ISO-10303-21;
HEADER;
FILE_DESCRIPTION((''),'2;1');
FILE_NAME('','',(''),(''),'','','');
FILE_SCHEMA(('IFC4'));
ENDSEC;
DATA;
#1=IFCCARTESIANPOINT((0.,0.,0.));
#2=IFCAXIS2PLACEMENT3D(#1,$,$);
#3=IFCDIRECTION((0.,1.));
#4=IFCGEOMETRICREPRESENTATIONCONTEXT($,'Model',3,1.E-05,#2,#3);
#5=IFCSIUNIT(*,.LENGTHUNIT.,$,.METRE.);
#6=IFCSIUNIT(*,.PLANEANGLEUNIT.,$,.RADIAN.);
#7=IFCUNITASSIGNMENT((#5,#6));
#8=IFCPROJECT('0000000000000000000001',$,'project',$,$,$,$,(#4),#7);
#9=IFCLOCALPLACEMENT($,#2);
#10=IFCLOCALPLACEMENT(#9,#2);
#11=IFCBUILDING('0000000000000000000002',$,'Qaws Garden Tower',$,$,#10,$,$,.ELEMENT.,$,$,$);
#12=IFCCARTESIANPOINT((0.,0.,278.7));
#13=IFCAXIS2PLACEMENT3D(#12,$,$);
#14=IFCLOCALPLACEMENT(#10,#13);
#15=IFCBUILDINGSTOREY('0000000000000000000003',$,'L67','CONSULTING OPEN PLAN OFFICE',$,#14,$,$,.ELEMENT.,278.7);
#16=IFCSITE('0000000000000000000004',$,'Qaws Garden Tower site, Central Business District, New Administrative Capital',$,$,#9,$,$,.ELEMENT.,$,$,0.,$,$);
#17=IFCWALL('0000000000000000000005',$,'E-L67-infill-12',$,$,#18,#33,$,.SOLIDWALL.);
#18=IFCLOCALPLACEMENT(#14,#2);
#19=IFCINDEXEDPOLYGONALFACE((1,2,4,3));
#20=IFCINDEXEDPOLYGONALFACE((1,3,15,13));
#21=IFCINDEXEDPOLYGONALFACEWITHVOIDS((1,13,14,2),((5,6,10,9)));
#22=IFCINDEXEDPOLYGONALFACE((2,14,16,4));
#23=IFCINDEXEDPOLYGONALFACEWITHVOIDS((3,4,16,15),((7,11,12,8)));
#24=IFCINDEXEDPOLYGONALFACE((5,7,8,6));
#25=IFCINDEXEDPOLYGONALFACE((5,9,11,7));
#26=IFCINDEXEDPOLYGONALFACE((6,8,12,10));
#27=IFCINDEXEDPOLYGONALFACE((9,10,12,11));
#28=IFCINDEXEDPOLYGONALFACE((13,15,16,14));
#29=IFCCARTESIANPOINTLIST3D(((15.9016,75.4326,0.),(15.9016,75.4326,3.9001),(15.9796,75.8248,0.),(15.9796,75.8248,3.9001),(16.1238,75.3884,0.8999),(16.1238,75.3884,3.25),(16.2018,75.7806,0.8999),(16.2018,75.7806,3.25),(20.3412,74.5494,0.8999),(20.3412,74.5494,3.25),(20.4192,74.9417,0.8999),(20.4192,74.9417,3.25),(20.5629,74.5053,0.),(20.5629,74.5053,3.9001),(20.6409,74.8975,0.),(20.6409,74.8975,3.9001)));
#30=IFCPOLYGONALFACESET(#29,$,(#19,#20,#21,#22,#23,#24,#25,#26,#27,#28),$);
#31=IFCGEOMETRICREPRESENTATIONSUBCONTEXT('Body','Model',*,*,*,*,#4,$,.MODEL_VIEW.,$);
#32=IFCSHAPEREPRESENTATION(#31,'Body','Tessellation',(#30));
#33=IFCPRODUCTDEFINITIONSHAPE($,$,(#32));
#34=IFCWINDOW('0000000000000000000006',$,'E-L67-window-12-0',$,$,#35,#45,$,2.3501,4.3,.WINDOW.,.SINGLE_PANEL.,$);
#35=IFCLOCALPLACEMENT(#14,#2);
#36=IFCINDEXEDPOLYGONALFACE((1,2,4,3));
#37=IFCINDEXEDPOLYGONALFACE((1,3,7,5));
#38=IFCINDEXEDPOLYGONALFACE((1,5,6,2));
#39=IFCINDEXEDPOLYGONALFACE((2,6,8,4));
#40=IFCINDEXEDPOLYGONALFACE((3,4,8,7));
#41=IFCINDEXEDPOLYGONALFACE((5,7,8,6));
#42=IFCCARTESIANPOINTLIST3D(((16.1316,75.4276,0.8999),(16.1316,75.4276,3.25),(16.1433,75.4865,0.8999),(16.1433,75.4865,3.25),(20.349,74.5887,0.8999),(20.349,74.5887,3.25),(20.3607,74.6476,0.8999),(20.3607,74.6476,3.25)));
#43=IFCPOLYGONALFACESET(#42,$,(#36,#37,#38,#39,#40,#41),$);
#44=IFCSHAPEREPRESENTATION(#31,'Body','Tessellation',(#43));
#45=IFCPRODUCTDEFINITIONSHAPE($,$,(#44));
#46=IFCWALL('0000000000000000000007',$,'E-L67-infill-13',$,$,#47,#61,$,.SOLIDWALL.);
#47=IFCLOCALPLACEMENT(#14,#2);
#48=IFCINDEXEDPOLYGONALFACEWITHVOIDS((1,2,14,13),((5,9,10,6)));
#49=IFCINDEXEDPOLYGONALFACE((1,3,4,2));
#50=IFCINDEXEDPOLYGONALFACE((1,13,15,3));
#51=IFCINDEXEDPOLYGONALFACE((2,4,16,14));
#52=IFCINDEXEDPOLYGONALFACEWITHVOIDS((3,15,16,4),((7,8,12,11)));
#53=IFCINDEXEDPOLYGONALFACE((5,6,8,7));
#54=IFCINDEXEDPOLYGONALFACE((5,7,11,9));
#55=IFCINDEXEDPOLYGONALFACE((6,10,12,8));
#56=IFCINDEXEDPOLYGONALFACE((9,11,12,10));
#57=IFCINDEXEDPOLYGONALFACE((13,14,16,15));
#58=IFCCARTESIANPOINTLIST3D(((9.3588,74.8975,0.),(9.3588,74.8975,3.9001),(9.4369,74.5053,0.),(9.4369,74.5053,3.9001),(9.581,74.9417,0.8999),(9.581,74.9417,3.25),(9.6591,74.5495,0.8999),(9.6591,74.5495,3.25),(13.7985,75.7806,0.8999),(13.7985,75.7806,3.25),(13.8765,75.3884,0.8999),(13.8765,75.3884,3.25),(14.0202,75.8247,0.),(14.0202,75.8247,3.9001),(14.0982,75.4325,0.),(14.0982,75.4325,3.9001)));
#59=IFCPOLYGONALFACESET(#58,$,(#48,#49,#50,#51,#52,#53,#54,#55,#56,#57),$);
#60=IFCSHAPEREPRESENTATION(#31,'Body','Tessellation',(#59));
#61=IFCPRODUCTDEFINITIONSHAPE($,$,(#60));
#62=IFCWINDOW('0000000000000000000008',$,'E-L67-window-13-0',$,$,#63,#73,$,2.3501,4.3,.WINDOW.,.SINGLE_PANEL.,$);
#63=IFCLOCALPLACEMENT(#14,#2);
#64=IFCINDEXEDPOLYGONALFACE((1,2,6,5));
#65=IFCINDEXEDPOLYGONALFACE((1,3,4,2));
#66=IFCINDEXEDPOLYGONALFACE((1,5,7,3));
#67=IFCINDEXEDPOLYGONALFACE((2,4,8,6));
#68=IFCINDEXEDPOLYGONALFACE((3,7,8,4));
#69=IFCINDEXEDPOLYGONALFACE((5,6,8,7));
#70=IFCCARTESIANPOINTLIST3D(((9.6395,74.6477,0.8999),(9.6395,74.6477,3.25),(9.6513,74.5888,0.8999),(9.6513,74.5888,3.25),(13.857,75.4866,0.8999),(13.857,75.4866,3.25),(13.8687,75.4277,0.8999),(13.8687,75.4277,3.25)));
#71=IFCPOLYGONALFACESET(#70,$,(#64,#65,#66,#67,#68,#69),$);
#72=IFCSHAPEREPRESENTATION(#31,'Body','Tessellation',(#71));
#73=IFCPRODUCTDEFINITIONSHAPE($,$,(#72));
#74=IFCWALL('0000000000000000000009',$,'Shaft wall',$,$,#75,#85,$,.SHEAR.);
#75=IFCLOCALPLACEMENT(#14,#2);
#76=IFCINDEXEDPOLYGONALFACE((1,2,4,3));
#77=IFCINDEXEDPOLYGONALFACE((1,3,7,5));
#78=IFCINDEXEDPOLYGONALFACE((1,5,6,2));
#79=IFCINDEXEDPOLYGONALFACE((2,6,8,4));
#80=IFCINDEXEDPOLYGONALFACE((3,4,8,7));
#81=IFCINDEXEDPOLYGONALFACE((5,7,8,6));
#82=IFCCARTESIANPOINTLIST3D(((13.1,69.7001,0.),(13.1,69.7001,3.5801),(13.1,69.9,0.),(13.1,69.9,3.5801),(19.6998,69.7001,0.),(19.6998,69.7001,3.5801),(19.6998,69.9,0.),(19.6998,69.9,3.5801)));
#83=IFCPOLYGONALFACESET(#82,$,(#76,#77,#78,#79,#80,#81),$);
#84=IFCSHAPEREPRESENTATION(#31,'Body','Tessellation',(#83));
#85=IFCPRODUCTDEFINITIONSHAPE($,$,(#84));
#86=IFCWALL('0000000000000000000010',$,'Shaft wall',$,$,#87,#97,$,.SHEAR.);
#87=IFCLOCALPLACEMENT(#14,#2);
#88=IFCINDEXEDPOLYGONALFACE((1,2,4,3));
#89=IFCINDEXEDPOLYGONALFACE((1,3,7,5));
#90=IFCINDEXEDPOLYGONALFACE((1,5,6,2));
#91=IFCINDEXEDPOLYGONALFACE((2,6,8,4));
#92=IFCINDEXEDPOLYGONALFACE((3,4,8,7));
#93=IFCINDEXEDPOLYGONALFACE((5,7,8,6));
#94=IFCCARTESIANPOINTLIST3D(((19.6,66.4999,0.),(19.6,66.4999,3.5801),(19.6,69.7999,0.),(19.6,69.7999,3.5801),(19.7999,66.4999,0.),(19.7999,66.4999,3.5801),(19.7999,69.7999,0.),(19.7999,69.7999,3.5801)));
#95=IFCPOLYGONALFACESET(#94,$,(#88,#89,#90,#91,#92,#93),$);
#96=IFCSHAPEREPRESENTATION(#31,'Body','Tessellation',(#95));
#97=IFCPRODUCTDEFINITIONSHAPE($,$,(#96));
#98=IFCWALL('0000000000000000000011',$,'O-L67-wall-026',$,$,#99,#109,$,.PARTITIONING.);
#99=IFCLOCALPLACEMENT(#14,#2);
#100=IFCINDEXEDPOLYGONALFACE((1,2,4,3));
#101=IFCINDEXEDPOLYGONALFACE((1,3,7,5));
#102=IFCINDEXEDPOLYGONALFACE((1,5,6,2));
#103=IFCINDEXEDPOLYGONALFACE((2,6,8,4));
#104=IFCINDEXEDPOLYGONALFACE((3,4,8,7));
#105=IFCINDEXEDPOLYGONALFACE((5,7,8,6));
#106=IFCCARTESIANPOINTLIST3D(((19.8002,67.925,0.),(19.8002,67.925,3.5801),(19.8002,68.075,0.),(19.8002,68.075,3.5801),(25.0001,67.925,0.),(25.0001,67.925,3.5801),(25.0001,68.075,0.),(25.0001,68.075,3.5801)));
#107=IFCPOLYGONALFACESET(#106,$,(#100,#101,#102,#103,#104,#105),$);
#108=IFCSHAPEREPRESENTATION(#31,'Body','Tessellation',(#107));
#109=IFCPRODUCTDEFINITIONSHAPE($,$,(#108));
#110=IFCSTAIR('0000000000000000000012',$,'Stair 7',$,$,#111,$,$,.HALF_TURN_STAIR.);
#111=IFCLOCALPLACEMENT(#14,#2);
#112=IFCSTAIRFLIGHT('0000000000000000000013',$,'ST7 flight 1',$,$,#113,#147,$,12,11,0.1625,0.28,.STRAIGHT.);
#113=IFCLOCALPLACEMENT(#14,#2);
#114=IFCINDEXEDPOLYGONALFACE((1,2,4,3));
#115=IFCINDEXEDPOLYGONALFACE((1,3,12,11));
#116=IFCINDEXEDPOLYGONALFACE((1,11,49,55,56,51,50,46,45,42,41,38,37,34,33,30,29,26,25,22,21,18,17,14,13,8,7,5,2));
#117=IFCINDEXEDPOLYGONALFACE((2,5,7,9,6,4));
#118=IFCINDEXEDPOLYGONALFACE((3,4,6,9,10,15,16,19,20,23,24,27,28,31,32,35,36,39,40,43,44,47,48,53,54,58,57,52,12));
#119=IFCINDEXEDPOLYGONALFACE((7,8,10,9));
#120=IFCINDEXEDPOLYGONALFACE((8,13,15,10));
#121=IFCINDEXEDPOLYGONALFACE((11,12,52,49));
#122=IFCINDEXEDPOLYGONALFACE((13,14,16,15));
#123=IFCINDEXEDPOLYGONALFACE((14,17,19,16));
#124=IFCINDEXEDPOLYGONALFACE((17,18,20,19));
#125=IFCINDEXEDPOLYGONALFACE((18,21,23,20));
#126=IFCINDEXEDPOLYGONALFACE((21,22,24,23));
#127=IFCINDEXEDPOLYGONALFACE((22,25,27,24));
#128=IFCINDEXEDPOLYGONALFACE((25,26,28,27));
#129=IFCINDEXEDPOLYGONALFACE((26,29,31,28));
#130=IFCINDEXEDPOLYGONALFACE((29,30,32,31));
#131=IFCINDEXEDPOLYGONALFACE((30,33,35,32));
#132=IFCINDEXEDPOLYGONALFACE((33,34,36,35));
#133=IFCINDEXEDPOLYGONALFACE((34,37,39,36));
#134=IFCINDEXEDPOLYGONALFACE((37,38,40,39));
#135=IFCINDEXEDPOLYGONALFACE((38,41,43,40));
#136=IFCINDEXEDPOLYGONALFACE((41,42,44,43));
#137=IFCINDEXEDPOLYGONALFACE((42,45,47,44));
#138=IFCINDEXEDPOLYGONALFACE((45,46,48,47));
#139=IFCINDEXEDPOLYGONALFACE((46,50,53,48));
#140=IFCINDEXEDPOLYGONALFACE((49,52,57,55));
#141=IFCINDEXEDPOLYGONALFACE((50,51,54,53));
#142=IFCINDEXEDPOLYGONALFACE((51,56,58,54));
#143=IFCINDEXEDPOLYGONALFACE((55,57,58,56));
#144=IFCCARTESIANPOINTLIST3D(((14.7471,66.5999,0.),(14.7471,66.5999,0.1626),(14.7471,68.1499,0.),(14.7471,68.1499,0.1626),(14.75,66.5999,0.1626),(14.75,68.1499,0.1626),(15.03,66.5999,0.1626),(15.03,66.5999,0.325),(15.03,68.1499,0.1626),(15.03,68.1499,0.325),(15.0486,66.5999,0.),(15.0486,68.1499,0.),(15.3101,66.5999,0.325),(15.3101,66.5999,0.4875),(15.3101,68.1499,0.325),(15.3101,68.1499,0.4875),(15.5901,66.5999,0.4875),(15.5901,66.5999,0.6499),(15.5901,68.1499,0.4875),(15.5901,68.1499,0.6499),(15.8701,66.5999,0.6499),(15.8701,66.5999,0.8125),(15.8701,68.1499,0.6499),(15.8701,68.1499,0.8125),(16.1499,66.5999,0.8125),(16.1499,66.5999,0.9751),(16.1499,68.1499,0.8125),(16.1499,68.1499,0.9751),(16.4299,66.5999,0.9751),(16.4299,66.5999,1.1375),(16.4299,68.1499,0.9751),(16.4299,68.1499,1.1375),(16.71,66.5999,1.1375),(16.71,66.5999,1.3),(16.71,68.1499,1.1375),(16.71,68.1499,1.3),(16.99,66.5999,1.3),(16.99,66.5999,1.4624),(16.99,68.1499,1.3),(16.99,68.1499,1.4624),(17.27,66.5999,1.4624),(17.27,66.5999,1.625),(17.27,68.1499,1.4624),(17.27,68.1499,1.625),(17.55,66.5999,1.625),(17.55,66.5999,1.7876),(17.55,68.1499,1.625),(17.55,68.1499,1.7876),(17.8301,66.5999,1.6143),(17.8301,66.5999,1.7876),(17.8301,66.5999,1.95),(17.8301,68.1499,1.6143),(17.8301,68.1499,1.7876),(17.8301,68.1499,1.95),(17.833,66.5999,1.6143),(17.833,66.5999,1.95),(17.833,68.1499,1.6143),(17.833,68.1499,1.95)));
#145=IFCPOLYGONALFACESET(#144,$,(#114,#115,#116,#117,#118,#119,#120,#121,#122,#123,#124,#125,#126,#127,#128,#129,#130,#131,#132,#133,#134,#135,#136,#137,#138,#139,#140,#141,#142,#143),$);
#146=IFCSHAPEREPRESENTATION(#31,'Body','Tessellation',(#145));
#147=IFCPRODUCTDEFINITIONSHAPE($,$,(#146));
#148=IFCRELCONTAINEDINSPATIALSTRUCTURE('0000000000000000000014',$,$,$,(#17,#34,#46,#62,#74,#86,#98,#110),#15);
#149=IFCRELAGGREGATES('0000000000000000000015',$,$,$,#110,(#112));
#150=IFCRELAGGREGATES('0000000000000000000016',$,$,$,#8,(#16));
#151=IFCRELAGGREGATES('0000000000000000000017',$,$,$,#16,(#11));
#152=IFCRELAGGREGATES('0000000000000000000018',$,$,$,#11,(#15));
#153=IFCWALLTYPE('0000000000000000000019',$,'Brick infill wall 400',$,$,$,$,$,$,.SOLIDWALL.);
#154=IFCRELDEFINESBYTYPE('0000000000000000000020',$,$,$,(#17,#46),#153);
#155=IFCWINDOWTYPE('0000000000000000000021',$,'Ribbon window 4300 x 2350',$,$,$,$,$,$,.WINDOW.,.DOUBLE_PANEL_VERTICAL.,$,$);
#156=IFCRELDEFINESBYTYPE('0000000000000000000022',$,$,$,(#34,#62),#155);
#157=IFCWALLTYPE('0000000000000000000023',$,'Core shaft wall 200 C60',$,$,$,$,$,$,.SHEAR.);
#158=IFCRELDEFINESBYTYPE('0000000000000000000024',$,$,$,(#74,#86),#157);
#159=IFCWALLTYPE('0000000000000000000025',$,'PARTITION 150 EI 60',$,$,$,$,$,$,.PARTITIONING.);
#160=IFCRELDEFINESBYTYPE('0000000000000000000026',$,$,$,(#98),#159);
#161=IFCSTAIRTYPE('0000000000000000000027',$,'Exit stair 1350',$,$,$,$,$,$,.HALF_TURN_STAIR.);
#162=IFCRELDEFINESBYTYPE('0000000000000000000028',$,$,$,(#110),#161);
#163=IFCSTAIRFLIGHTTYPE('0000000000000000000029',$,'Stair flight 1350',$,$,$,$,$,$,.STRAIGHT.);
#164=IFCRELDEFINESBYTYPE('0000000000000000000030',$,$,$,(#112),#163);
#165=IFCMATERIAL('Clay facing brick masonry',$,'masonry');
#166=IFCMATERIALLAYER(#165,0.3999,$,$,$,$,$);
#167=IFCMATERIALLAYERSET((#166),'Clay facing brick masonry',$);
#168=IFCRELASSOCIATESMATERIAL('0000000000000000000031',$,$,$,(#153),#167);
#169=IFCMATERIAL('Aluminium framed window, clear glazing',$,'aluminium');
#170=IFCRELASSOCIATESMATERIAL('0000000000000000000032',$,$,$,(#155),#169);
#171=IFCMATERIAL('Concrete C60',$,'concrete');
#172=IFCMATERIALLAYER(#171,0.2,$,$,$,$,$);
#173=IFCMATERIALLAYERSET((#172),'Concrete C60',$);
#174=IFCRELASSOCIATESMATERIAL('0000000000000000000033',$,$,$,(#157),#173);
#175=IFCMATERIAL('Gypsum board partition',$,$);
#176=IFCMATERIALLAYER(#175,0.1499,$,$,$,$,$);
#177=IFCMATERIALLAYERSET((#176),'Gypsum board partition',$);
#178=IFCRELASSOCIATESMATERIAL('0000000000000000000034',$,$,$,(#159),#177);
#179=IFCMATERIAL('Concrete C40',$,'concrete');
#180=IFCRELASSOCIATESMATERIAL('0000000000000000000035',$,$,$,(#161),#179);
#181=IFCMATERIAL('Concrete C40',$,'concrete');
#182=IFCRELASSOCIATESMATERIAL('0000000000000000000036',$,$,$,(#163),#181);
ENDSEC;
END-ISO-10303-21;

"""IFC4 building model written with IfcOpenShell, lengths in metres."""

from ifc_helpers import new_model, si_unit, direction, frame, frame_2d, origin, place, context, subcontext, project, spatial, polyline, rectangle, outline, extrude, material, layer, layer_set, type_object, element, fill, aggregate, save


model = new_model("IFC4")

# Units and contexts
model_context = context("Model", 3, precision=1e-05, world=origin(), true_north=direction((0.0, 1.0)))
body_context = subcontext(model_context, "Body", "Model", "MODEL_VIEW")
ifc_project = project(units=[si_unit("LENGTHUNIT", "METRE"), si_unit("PLANEANGLEUNIT", "RADIAN")], contexts=[model_context])

# Site, building, storey
site_placement = place(None, origin())
site = spatial("IfcSite", under=ifc_project, at=site_placement, Name="Qaws Garden Tower site, Central Business District, New Administrative Capital", CompositionType="ELEMENT", RefElevation=0.0)
building_placement = place(site_placement, origin())
building = spatial("IfcBuilding", under=site, at=building_placement, Name="Qaws Garden Tower", CompositionType="ELEMENT")
storey_placement = place(building_placement, frame((0.0, 0.0, 278.7)))
storey = spatial("IfcBuildingStorey", under=building, at=storey_placement, Name="L67", Description="CONSULTING OPEN PLAN OFFICE", CompositionType="ELEMENT", Elevation=278.7)

# Walls, openings, windows
ifc_material_1 = material(Name="Clay facing brick masonry", Category="masonry")
ifc_layer_1 = layer(ifc_material_1, 0.3999)
ifc_layer_set_1 = layer_set([ifc_layer_1], Name="Clay facing brick masonry")
wall_type_1 = type_object("IfcWallType", Name="Brick infill wall 400", PredefinedType="SOLIDWALL", material=ifc_layer_set_1)
ifc_material_2 = material(Name="Aluminium framed window, clear glazing", Category="aluminium")
window_type = type_object("IfcWindowType", Name="Ribbon window 4300 x 2350", PartitioningType="DOUBLE_PANEL_VERTICAL", PredefinedType="WINDOW", material=ifc_material_2)
wall_1_placement = place(storey_placement, frame((20.6021, 74.7014, 0.0), z_axis=(0.0, 0.0, 1.0), x_axis=(-0.980784, 0.195099, 0.0)))
wall_1 = element("IfcWall", 1, at=wall_1_placement, inside=storey, type_object=wall_type_1, Name="E-L67-infill-12", PredefinedType="SOLIDWALL", context=body_context, shape_type="SweptSolid", body=[
    extrude(rectangle(XDim=4.7527, YDim=0.3999, at=frame_2d((2.3765, 0.0))), origin(), (0.0, 0.0, 1.0), 3.9001),
])
opening_1_placement = place(wall_1_placement, frame((0.2263, 0.0, 0.8999)))
opening_1 = element("IfcOpeningElement", 2, at=opening_1_placement, cuts=wall_1, PredefinedType="OPENING", context=body_context, shape_type="SweptSolid", body=[
    extrude(rectangle(XDim=4.3, YDim=2.3501, at=frame_2d((2.1499, 1.175))), frame((0.0, 0.21, 0.0), z_axis=(0.0, -1.0, 0.0), x_axis=(1.0, 0.0, 0.0)), (0.0, 0.0, 1.0), 0.4199),
])
window_1_placement = place(opening_1_placement, origin())
window_1 = element("IfcWindow", 3, at=window_1_placement, inside=storey, type_object=window_type, Name="E-L67-window-12-0", OverallHeight=2.3501, OverallWidth=4.3, PartitioningType="SINGLE_PANEL", PredefinedType="WINDOW", context=body_context, shape_type="SweptSolid", body=[
    extrude(rectangle(XDim=4.3, YDim=2.3501, at=frame_2d((2.1499, 1.175))), frame((0.0, 0.1599, 0.0), z_axis=(0.0, -1.0, 0.0), x_axis=(1.0, 0.0, 0.0)), (0.0, 0.0, 1.0), 0.0601),
])
fill(opening_1, window_1)
wall_2_placement = place(storey_placement, frame((14.0593, 75.6287, 0.0), z_axis=(0.0, 0.0, 1.0), x_axis=(-0.980784, -0.195099, 0.0)))
wall_2 = element("IfcWall", 4, at=wall_2_placement, inside=storey, type_object=wall_type_1, Name="E-L67-infill-13", PredefinedType="SOLIDWALL", context=body_context, shape_type="SweptSolid", body=[
    extrude(rectangle(XDim=4.7527, YDim=0.3999, at=frame_2d((2.3765, 0.0))), origin(), (0.0, 0.0, 1.0), 3.9001),
])
opening_2_placement = place(wall_2_placement, frame((0.2263, 0.0, 0.8999)))
opening_2 = element("IfcOpeningElement", 5, at=opening_2_placement, cuts=wall_2, PredefinedType="OPENING", context=body_context, shape_type="SweptSolid", body=[
    extrude(rectangle(XDim=4.3, YDim=2.3501, at=frame_2d((2.1499, 1.175))), frame((0.0, 0.21, 0.0), z_axis=(0.0, -1.0, 0.0), x_axis=(1.0, 0.0, 0.0)), (0.0, 0.0, 1.0), 0.4199),
])
window_2_placement = place(opening_2_placement, origin())
window_2 = element("IfcWindow", 6, at=window_2_placement, inside=storey, type_object=window_type, Name="E-L67-window-13-0", OverallHeight=2.3501, OverallWidth=4.3, PartitioningType="SINGLE_PANEL", PredefinedType="WINDOW", context=body_context, shape_type="SweptSolid", body=[
    extrude(rectangle(XDim=4.3, YDim=2.3501, at=frame_2d((2.1499, 1.175))), frame((0.0, 0.1599, 0.0), z_axis=(0.0, -1.0, 0.0), x_axis=(1.0, 0.0, 0.0)), (0.0, 0.0, 1.0), 0.0601),
])
fill(opening_2, window_2)

# Walls
ifc_material_3 = material(Name="Concrete C60", Category="concrete")
ifc_layer_2 = layer(ifc_material_3, 0.2)
ifc_layer_set_2 = layer_set([ifc_layer_2], Name="Concrete C60")
wall_type_2 = type_object("IfcWallType", Name="Core shaft wall 200 C60", PredefinedType="SHEAR", material=ifc_layer_set_2)
wall_3_placement = place(storey_placement, frame((13.1001, 69.8, 0.0), z_axis=(0.0, 0.0, 1.0), x_axis=(1.0, 0.0, 0.0)))
element("IfcWall", 7, at=wall_3_placement, inside=storey, type_object=wall_type_2, Name="Shaft wall", PredefinedType="SHEAR", context=body_context, shape_type="SweptSolid", body=[
    extrude(rectangle(XDim=6.5999, YDim=0.2, at=frame_2d((3.2998, 0.0))), origin(), (0.0, 0.0, 1.0), 3.5801),
])
wall_4_placement = place(storey_placement, frame((19.7, 66.5, 0.0), z_axis=(0.0, 0.0, 1.0), x_axis=(0.0, 1.0, 0.0)))
element("IfcWall", 8, at=wall_4_placement, inside=storey, type_object=wall_type_2, Name="Shaft wall", PredefinedType="SHEAR", context=body_context, shape_type="SweptSolid", body=[
    extrude(rectangle(XDim=3.3, YDim=0.2, at=frame_2d((1.6499, 0.0))), origin(), (0.0, 0.0, 1.0), 3.5801),
])
ifc_material_4 = material(Name="Gypsum board partition")
ifc_layer_3 = layer(ifc_material_4, 0.1499)
ifc_layer_set_3 = layer_set([ifc_layer_3], Name="Gypsum board partition")
wall_type_3 = type_object("IfcWallType", Name="PARTITION 150 EI 60", PredefinedType="PARTITIONING", material=ifc_layer_set_3)
wall_5_placement = place(storey_placement, frame((19.8, 68.0, 0.0), z_axis=(0.0, 0.0, 1.0), x_axis=(1.0, 0.0, 0.0)))
element("IfcWall", 9, at=wall_5_placement, inside=storey, type_object=wall_type_3, Name="O-L67-wall-026", PredefinedType="PARTITIONING", context=body_context, shape_type="SweptSolid", body=[
    extrude(rectangle(XDim=5.2, YDim=0.1499, at=frame_2d((2.6001, 0.0))), origin(), (0.0, 0.0, 1.0), 3.5801),
])

# Stair, stair flight
ifc_material_5 = material(Name="Concrete C40", Category="concrete")
stair_type = type_object("IfcStairType", Name="Exit stair 1350", PredefinedType="HALF_TURN_STAIR", material=ifc_material_5)
stair_placement = place(storey_placement, origin())
stair = element("IfcStair", 10, at=stair_placement, inside=storey, type_object=stair_type, Name="Stair 7", PredefinedType="HALF_TURN_STAIR")
ifc_material_6 = material(Name="Concrete C40", Category="concrete")
stair_flight_type = type_object("IfcStairFlightType", Name="Stair flight 1350", PredefinedType="STRAIGHT", material=ifc_material_6)
stair_flight_1_placement = place(storey_placement, frame((14.75, 67.375, 0.0), z_axis=(0.0, 0.0, 1.0), x_axis=(1.0, 0.0, 0.0)))
stair_flight_1 = element("IfcStairFlight", 11, at=stair_flight_1_placement, type_object=stair_flight_type, Name="ST7 flight 1", NumberOfRisers=12, NumberOfTreads=11, PredefinedType="STRAIGHT", RiserHeight=0.1625, TreadLength=0.28, context=body_context, shape_type="SweptSolid", body=[
    extrude(outline(polyline([(-0.0029, 0.0), (-0.0029, 0.1626), (0.0, 0.1626), (0.28, 0.1626), (0.28, 0.325), (0.5601, 0.325), (0.5601, 0.4875), (0.8401, 0.4875), (0.8401, 0.6499), (1.1201, 0.6499), (1.1201, 0.8125), (1.3999, 0.8125), (1.3999, 0.9751), (1.6799, 0.9751), (1.6799, 1.1375), (1.96, 1.1375), (1.96, 1.3), (2.24, 1.3), (2.24, 1.4624), (2.52, 1.4624), (2.52, 1.625), (2.8, 1.625), (2.8, 1.7876), (3.0801, 1.7876), (3.0801, 1.95), (3.083, 1.95), (3.083, 1.6143), (3.0801, 1.6143), (0.2986, 0.0), (-0.0029, 0.0)])), frame((0.0, 0.7749, 0.0), z_axis=(0.0, -1.0, 0.0), x_axis=(1.0, 0.0, 0.0)), (0.0, 0.0, 1.0), 1.55),
])
aggregate(stair, [stair_flight_1])

save(model, "model.ifc")
